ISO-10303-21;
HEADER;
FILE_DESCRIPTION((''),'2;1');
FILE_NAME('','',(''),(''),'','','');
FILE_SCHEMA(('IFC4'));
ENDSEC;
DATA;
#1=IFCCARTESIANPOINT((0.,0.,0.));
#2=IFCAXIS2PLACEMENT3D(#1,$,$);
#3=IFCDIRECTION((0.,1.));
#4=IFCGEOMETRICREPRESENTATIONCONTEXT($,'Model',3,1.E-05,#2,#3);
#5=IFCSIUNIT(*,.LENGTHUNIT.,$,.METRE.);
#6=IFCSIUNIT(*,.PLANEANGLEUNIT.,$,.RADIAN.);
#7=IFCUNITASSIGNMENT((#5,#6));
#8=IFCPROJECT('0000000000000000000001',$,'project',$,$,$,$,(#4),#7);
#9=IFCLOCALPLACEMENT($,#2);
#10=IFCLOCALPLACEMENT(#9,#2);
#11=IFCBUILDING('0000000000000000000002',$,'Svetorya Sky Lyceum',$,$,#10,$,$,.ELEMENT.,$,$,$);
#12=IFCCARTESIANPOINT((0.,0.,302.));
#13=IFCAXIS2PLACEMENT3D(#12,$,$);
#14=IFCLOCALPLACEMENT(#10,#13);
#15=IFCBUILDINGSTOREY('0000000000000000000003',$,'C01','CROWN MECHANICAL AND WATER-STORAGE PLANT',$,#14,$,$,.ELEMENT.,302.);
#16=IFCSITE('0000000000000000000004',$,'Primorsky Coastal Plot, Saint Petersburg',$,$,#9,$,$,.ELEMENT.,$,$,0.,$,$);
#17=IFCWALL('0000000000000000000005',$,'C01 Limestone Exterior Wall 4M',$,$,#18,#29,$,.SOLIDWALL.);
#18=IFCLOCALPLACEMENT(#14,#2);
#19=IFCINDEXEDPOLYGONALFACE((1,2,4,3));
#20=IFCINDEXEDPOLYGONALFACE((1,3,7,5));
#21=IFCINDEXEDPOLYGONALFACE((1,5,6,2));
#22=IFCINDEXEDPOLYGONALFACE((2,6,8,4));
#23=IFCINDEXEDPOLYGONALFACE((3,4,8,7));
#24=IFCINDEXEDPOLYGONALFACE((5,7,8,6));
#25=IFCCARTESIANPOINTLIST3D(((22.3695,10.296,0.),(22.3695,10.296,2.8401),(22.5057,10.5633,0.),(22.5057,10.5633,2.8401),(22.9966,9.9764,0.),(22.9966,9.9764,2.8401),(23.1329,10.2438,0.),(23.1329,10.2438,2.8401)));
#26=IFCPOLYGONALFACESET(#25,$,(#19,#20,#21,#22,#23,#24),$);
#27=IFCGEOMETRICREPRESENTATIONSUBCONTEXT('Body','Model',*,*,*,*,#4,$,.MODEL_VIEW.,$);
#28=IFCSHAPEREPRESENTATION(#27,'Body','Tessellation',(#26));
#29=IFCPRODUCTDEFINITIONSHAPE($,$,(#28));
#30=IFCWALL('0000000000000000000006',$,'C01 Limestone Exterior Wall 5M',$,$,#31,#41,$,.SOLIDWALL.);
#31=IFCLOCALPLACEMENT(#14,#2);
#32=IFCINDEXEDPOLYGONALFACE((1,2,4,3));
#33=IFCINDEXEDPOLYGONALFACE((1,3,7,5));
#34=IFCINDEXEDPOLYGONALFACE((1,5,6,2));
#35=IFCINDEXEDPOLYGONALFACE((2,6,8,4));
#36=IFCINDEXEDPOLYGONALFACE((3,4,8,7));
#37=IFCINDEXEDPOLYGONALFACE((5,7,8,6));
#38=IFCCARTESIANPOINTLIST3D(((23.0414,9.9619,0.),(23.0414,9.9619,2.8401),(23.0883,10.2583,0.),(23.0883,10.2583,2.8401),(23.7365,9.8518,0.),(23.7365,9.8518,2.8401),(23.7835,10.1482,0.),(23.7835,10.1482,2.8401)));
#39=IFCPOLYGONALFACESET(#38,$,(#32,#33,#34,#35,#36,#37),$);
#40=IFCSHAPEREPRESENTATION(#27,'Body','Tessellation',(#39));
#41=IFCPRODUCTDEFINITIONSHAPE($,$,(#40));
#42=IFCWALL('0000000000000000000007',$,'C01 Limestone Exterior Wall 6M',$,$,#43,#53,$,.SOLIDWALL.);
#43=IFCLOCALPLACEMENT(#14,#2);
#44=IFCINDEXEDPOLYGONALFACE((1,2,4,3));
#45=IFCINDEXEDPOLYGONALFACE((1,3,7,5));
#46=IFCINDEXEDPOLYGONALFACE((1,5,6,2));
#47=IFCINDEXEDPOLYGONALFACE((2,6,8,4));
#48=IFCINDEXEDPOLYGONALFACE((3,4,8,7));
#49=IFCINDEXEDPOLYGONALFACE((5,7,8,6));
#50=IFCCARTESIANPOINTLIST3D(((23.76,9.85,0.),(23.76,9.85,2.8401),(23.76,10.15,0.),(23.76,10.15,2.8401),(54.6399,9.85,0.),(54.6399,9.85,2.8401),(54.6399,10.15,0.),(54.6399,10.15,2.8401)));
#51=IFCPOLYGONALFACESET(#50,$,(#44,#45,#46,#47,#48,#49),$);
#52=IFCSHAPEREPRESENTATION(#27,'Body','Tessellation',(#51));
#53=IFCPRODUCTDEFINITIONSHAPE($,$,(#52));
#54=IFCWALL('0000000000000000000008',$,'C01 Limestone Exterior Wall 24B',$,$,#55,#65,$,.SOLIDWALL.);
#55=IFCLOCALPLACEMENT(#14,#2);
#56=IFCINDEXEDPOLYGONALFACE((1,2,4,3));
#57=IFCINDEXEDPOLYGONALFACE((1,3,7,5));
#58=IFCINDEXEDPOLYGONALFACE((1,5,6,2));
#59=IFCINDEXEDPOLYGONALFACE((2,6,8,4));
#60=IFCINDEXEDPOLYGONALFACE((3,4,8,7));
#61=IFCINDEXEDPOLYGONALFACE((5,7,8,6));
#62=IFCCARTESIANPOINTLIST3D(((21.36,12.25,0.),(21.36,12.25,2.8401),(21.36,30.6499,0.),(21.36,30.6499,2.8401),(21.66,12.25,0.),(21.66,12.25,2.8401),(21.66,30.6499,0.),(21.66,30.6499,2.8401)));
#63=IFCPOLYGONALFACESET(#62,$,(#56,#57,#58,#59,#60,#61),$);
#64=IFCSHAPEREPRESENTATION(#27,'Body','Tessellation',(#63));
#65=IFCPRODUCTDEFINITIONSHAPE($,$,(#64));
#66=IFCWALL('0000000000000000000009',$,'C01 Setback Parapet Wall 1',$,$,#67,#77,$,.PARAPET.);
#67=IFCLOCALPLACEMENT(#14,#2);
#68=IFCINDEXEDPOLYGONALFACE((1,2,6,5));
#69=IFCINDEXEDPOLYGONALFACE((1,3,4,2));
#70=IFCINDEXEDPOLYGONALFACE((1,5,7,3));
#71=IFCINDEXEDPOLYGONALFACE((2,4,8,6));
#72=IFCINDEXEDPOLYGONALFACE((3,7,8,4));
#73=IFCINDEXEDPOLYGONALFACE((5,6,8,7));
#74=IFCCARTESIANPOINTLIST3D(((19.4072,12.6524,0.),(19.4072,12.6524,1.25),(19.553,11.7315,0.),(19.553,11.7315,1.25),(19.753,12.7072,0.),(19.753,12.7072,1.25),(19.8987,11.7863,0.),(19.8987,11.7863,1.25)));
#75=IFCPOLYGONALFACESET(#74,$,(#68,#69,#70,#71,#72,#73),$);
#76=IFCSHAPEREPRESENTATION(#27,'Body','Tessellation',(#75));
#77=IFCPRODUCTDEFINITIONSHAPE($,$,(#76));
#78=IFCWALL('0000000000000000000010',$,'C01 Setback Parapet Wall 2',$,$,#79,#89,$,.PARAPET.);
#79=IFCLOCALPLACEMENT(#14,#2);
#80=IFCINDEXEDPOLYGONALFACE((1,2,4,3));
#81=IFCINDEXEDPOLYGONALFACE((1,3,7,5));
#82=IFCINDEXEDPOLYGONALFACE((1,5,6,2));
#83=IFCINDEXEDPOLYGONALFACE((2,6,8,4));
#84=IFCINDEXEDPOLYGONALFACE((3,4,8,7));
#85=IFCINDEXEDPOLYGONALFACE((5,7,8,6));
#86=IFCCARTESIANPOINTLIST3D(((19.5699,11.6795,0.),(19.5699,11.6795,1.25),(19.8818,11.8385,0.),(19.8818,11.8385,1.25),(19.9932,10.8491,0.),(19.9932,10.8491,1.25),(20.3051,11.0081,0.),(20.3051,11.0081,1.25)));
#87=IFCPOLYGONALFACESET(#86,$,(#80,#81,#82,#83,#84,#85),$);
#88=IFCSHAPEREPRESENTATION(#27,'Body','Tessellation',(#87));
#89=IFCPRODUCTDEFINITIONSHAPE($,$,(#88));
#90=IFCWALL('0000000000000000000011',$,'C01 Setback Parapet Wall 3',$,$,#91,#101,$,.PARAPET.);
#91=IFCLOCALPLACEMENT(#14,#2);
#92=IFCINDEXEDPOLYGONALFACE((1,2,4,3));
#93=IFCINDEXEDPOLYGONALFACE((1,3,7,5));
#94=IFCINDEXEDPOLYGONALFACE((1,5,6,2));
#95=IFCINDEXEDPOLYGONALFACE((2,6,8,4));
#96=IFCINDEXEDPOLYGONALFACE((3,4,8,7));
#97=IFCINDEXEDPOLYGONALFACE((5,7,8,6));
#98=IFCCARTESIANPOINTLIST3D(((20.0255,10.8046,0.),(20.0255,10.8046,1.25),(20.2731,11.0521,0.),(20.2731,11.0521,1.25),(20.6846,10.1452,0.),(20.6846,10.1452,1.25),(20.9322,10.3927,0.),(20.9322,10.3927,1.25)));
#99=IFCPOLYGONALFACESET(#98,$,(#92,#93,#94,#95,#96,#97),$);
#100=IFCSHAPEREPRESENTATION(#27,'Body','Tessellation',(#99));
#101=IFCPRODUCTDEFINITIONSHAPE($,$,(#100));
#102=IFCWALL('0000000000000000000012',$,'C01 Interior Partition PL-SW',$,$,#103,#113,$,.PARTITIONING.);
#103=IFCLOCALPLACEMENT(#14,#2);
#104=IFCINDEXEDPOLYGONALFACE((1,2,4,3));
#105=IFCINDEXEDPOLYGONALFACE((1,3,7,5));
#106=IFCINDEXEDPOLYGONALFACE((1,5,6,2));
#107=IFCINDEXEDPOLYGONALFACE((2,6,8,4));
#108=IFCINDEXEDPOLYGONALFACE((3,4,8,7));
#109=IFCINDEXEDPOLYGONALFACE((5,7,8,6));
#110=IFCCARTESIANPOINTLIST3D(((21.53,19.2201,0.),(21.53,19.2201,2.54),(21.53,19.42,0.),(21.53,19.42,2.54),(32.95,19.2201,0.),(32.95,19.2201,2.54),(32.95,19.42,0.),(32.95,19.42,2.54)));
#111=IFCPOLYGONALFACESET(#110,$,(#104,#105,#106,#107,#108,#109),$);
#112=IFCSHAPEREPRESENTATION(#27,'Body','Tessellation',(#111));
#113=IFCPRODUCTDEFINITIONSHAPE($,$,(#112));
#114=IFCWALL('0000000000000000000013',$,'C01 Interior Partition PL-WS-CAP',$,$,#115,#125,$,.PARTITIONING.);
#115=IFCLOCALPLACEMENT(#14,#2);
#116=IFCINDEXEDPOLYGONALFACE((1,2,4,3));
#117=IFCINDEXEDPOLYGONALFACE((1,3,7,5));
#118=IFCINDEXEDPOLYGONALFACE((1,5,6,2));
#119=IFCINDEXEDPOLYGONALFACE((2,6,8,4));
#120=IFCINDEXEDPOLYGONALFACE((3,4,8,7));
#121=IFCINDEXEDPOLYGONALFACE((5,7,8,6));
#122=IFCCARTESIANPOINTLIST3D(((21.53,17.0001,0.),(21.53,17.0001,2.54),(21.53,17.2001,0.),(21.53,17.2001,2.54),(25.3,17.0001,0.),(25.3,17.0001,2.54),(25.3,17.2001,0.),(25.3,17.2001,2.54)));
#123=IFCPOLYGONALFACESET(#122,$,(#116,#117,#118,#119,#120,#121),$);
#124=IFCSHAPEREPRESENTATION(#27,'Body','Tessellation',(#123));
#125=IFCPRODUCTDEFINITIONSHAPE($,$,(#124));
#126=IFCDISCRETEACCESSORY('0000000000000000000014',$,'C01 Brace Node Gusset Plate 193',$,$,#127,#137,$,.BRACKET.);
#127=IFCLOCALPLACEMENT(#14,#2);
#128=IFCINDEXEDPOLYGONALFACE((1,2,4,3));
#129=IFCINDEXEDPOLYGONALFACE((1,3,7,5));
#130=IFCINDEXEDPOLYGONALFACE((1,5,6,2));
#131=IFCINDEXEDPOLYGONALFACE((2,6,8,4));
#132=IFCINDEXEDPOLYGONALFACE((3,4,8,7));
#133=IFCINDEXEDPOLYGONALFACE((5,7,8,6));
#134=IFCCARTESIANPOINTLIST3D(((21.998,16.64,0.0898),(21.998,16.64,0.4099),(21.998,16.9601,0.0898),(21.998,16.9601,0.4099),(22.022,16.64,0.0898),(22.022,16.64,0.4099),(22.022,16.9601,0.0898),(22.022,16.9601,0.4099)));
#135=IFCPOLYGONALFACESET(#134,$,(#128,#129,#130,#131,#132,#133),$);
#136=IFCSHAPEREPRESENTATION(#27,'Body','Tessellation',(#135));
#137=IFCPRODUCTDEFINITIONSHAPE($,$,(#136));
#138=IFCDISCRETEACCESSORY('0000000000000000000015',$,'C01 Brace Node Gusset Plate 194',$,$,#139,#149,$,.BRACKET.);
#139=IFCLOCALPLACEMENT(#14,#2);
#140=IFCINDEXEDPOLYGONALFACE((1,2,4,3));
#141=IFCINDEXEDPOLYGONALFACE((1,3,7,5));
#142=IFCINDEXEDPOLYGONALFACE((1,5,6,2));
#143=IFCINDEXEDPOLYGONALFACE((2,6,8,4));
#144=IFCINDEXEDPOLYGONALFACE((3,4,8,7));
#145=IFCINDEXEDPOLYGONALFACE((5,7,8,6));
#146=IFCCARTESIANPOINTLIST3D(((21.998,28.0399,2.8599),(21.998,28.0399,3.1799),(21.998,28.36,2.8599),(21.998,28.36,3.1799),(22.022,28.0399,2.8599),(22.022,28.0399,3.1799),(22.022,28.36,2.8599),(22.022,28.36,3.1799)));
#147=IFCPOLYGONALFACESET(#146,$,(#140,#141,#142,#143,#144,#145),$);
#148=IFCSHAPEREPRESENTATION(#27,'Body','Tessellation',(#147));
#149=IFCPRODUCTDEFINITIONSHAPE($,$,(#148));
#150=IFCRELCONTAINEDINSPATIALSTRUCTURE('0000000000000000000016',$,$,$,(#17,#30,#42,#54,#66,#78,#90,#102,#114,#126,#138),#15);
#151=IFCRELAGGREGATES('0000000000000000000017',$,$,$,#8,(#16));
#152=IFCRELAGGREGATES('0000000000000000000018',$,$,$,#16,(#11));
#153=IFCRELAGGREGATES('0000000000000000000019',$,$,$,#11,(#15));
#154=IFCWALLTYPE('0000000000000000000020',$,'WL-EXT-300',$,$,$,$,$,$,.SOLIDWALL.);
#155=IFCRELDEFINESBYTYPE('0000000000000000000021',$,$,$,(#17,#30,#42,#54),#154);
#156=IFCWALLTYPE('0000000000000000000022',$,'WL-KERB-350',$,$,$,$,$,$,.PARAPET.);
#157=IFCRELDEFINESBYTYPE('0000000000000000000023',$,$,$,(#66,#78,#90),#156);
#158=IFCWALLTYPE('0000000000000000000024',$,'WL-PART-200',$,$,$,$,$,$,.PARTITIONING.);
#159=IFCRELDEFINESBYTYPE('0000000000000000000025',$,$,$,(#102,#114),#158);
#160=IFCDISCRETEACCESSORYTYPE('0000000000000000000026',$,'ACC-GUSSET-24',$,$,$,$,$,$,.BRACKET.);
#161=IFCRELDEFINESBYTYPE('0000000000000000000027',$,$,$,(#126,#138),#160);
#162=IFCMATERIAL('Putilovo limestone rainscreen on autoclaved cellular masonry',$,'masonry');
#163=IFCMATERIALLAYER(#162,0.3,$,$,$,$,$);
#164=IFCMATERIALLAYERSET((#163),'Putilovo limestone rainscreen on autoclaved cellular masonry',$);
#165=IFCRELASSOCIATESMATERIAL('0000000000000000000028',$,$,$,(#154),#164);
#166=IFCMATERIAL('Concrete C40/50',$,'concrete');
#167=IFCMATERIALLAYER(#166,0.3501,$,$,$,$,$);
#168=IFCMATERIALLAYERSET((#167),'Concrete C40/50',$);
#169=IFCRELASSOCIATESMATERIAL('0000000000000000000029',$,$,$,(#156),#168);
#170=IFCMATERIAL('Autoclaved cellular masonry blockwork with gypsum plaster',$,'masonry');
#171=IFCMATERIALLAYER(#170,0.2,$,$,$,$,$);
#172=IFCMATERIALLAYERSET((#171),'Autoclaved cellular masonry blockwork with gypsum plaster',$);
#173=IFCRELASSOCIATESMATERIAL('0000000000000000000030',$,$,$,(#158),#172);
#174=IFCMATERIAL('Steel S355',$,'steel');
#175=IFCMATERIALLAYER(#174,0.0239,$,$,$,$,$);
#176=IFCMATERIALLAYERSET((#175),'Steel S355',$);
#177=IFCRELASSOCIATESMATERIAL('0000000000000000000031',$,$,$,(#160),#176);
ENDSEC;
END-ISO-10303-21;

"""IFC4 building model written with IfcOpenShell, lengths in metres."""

from ifc_helpers import new_model, si_unit, direction, frame, frame_2d, origin, origin_2d, place, context, subcontext, project, spatial, rectangle, extrude, material, layer, layer_set, type_object, element, save


model = new_model("IFC4")

# Units and contexts
model_context = context("Model", 3, precision=1e-05, world=origin(), true_north=direction((0.0, 1.0)))
body_context = subcontext(model_context, "Body", "Model", "MODEL_VIEW")
ifc_project = project(units=[si_unit("LENGTHUNIT", "METRE"), si_unit("PLANEANGLEUNIT", "RADIAN")], contexts=[model_context])

# Site, building, storey
site_placement = place(None, origin())
site = spatial("IfcSite", under=ifc_project, at=site_placement, Name="Primorsky Coastal Plot, Saint Petersburg", CompositionType="ELEMENT", RefElevation=0.0)
building_placement = place(site_placement, origin())
building = spatial("IfcBuilding", under=site, at=building_placement, Name="Svetorya Sky Lyceum", CompositionType="ELEMENT")
storey_placement = place(building_placement, frame((0.0, 0.0, 302.0)))
storey = spatial("IfcBuildingStorey", under=building, at=storey_placement, Name="C01", Description="CROWN MECHANICAL AND WATER-STORAGE PLANT", CompositionType="ELEMENT", Elevation=302.0)

# Shared definitions
ifc_material_1 = material(Name="Concrete C40/50", Category="concrete")

# Shared definitions
ifc_material_2 = material(Name="Steel S355", Category="steel")

# Walls
ifc_material_3 = material(Name="Putilovo limestone rainscreen on autoclaved cellular masonry", Category="masonry")
ifc_layer_1 = layer(ifc_material_3, 0.3)
ifc_layer_set_1 = layer_set([ifc_layer_1], Name="Putilovo limestone rainscreen on autoclaved cellular masonry")
wall_type_1 = type_object("IfcWallType", Name="WL-EXT-300", PredefinedType="SOLIDWALL", material=ifc_layer_set_1)
for number, where, z_axis, x_axis, name in (
    (1, (22.4375, 10.4297, 0.0), (0.0, 0.0, 1.0), (0.891002, -0.453999, 0.0), "C01 Limestone Exterior Wall 4M"),
    (2, (23.0647, 10.1101, 0.0), (0.0, 0.0, 1.0), (0.987693, -0.156408, 0.0), "C01 Limestone Exterior Wall 5M"),
):
    element("IfcWall", number, at=place(storey_placement, frame(where, z_axis=z_axis, x_axis=x_axis)), inside=storey, type_object=wall_type_1, Name=name, PredefinedType="SOLIDWALL", context=body_context, shape_type="SweptSolid", body=[
        extrude(rectangle(XDim=0.7039, YDim=0.3, at=frame_2d((0.3521, 0.0))), origin(), (0.0, 0.0, 1.0), 2.8401),
    ])
wall_1_placement = place(storey_placement, frame((23.76, 10.0, 0.0), z_axis=(0.0, 0.0, 1.0), x_axis=(1.0, 0.0, 0.0)))
element("IfcWall", 3, at=wall_1_placement, inside=storey, type_object=wall_type_1, Name="C01 Limestone Exterior Wall 6M", PredefinedType="SOLIDWALL", context=body_context, shape_type="SweptSolid", body=[
    extrude(rectangle(XDim=30.8799, YDim=0.3, at=frame_2d((15.4399, 0.0))), origin(), (0.0, 0.0, 1.0), 2.8401),
])
wall_2_placement = place(storey_placement, frame((21.51, 30.6499, 0.0), z_axis=(0.0, 0.0, 1.0), x_axis=(0.0, -1.0, 0.0)))
element("IfcWall", 4, at=wall_2_placement, inside=storey, type_object=wall_type_1, Name="C01 Limestone Exterior Wall 24B", PredefinedType="SOLIDWALL", context=body_context, shape_type="SweptSolid", body=[
    extrude(rectangle(XDim=18.3999, YDim=0.3, at=frame_2d((9.2, 0.0))), origin(), (0.0, 0.0, 1.0), 2.8401),
])
ifc_layer_2 = layer(ifc_material_1, 0.3501)
ifc_layer_set_2 = layer_set([ifc_layer_2], Name="Concrete C40/50")
wall_type_2 = type_object("IfcWallType", Name="WL-KERB-350", PredefinedType="PARAPET", material=ifc_layer_set_2)
wall_3_placement = place(storey_placement, frame((19.5801, 12.6799, 0.0), z_axis=(0.0, 0.0, 1.0), x_axis=(0.156326, -0.987706, 0.0)))
element("IfcWall", 5, at=wall_3_placement, inside=storey, type_object=wall_type_2, Name="C01 Setback Parapet Wall 1", PredefinedType="PARAPET", context=body_context, shape_type="SweptSolid", body=[
    extrude(rectangle(XDim=0.9324, YDim=0.3501, at=frame_2d((0.4663, 0.0))), origin(), (0.0, 0.0, 1.0), 1.25),
])
wall_4_placement = place(storey_placement, frame((19.7258, 11.759, 0.0), z_axis=(0.0, 0.0, 1.0), x_axis=(0.454114, -0.890944, 0.0)))
element("IfcWall", 6, at=wall_4_placement, inside=storey, type_object=wall_type_2, Name="C01 Setback Parapet Wall 2", PredefinedType="PARAPET", context=body_context, shape_type="SweptSolid", body=[
    extrude(rectangle(XDim=0.9321, YDim=0.3501, at=frame_2d((0.4661, 0.0))), origin(), (0.0, 0.0, 1.0), 1.25),
])
wall_5_placement = place(storey_placement, frame((20.1492, 10.9285, 0.0), z_axis=(0.0, 0.0, 1.0), x_axis=(0.706976, -0.707238, 0.0)))
element("IfcWall", 7, at=wall_5_placement, inside=storey, type_object=wall_type_2, Name="C01 Setback Parapet Wall 3", PredefinedType="PARAPET", context=body_context, shape_type="SweptSolid", body=[
    extrude(rectangle(XDim=0.9324, YDim=0.3501, at=frame_2d((0.4663, 0.0))), origin(), (0.0, 0.0, 1.0), 1.25),
])
ifc_material_4 = material(Name="Autoclaved cellular masonry blockwork with gypsum plaster", Category="masonry")
ifc_layer_3 = layer(ifc_material_4, 0.2)
ifc_layer_set_3 = layer_set([ifc_layer_3], Name="Autoclaved cellular masonry blockwork with gypsum plaster")
wall_type_3 = type_object("IfcWallType", Name="WL-PART-200", PredefinedType="PARTITIONING", material=ifc_layer_set_3)
wall_6_placement = place(storey_placement, frame((21.53, 19.3201, 0.0), z_axis=(0.0, 0.0, 1.0), x_axis=(1.0, 0.0, 0.0)))
element("IfcWall", 8, at=wall_6_placement, inside=storey, type_object=wall_type_3, Name="C01 Interior Partition PL-SW", PredefinedType="PARTITIONING", context=body_context, shape_type="SweptSolid", body=[
    extrude(rectangle(XDim=11.4199, YDim=0.2, at=frame_2d((5.71, 0.0))), origin(), (0.0, 0.0, 1.0), 2.54),
])
wall_7_placement = place(storey_placement, frame((21.53, 17.1001, 0.0), z_axis=(0.0, 0.0, 1.0), x_axis=(1.0, 0.0, 0.0)))
element("IfcWall", 9, at=wall_7_placement, inside=storey, type_object=wall_type_3, Name="C01 Interior Partition PL-WS-CAP", PredefinedType="PARTITIONING", context=body_context, shape_type="SweptSolid", body=[
    extrude(rectangle(XDim=3.77, YDim=0.2, at=frame_2d((1.885, 0.0))), origin(), (0.0, 0.0, 1.0), 2.54),
])

# Discrete accessories
ifc_layer_4 = layer(ifc_material_2, 0.0239)
ifc_layer_set_4 = layer_set([ifc_layer_4], Name="Steel S355")
discrete_accessory_type = type_object("IfcDiscreteAccessoryType", Name="ACC-GUSSET-24", PredefinedType="BRACKET", material=ifc_layer_set_4)
for number, where, z_axis, x_axis, name in (
    (10, (22.01, 16.8, 0.0898), (0.0, 0.0, 1.0), (1.0, 0.0, 0.0), "C01 Brace Node Gusset Plate 193"),
    (11, (22.01, 28.2, 2.8599), (0.0, 0.0, 1.0), (1.0, 0.0, 0.0), "C01 Brace Node Gusset Plate 194"),
):
    element("IfcDiscreteAccessory", number, at=place(storey_placement, frame(where, z_axis=z_axis, x_axis=x_axis)), inside=storey, type_object=discrete_accessory_type, Name=name, PredefinedType="BRACKET", context=body_context, shape_type="SweptSolid", body=[
        extrude(rectangle(XDim=0.0239, YDim=0.3201, at=origin_2d()), origin(), (0.0, 0.0, 1.0), 0.3201),
    ])

save(model, "model.ifc")
